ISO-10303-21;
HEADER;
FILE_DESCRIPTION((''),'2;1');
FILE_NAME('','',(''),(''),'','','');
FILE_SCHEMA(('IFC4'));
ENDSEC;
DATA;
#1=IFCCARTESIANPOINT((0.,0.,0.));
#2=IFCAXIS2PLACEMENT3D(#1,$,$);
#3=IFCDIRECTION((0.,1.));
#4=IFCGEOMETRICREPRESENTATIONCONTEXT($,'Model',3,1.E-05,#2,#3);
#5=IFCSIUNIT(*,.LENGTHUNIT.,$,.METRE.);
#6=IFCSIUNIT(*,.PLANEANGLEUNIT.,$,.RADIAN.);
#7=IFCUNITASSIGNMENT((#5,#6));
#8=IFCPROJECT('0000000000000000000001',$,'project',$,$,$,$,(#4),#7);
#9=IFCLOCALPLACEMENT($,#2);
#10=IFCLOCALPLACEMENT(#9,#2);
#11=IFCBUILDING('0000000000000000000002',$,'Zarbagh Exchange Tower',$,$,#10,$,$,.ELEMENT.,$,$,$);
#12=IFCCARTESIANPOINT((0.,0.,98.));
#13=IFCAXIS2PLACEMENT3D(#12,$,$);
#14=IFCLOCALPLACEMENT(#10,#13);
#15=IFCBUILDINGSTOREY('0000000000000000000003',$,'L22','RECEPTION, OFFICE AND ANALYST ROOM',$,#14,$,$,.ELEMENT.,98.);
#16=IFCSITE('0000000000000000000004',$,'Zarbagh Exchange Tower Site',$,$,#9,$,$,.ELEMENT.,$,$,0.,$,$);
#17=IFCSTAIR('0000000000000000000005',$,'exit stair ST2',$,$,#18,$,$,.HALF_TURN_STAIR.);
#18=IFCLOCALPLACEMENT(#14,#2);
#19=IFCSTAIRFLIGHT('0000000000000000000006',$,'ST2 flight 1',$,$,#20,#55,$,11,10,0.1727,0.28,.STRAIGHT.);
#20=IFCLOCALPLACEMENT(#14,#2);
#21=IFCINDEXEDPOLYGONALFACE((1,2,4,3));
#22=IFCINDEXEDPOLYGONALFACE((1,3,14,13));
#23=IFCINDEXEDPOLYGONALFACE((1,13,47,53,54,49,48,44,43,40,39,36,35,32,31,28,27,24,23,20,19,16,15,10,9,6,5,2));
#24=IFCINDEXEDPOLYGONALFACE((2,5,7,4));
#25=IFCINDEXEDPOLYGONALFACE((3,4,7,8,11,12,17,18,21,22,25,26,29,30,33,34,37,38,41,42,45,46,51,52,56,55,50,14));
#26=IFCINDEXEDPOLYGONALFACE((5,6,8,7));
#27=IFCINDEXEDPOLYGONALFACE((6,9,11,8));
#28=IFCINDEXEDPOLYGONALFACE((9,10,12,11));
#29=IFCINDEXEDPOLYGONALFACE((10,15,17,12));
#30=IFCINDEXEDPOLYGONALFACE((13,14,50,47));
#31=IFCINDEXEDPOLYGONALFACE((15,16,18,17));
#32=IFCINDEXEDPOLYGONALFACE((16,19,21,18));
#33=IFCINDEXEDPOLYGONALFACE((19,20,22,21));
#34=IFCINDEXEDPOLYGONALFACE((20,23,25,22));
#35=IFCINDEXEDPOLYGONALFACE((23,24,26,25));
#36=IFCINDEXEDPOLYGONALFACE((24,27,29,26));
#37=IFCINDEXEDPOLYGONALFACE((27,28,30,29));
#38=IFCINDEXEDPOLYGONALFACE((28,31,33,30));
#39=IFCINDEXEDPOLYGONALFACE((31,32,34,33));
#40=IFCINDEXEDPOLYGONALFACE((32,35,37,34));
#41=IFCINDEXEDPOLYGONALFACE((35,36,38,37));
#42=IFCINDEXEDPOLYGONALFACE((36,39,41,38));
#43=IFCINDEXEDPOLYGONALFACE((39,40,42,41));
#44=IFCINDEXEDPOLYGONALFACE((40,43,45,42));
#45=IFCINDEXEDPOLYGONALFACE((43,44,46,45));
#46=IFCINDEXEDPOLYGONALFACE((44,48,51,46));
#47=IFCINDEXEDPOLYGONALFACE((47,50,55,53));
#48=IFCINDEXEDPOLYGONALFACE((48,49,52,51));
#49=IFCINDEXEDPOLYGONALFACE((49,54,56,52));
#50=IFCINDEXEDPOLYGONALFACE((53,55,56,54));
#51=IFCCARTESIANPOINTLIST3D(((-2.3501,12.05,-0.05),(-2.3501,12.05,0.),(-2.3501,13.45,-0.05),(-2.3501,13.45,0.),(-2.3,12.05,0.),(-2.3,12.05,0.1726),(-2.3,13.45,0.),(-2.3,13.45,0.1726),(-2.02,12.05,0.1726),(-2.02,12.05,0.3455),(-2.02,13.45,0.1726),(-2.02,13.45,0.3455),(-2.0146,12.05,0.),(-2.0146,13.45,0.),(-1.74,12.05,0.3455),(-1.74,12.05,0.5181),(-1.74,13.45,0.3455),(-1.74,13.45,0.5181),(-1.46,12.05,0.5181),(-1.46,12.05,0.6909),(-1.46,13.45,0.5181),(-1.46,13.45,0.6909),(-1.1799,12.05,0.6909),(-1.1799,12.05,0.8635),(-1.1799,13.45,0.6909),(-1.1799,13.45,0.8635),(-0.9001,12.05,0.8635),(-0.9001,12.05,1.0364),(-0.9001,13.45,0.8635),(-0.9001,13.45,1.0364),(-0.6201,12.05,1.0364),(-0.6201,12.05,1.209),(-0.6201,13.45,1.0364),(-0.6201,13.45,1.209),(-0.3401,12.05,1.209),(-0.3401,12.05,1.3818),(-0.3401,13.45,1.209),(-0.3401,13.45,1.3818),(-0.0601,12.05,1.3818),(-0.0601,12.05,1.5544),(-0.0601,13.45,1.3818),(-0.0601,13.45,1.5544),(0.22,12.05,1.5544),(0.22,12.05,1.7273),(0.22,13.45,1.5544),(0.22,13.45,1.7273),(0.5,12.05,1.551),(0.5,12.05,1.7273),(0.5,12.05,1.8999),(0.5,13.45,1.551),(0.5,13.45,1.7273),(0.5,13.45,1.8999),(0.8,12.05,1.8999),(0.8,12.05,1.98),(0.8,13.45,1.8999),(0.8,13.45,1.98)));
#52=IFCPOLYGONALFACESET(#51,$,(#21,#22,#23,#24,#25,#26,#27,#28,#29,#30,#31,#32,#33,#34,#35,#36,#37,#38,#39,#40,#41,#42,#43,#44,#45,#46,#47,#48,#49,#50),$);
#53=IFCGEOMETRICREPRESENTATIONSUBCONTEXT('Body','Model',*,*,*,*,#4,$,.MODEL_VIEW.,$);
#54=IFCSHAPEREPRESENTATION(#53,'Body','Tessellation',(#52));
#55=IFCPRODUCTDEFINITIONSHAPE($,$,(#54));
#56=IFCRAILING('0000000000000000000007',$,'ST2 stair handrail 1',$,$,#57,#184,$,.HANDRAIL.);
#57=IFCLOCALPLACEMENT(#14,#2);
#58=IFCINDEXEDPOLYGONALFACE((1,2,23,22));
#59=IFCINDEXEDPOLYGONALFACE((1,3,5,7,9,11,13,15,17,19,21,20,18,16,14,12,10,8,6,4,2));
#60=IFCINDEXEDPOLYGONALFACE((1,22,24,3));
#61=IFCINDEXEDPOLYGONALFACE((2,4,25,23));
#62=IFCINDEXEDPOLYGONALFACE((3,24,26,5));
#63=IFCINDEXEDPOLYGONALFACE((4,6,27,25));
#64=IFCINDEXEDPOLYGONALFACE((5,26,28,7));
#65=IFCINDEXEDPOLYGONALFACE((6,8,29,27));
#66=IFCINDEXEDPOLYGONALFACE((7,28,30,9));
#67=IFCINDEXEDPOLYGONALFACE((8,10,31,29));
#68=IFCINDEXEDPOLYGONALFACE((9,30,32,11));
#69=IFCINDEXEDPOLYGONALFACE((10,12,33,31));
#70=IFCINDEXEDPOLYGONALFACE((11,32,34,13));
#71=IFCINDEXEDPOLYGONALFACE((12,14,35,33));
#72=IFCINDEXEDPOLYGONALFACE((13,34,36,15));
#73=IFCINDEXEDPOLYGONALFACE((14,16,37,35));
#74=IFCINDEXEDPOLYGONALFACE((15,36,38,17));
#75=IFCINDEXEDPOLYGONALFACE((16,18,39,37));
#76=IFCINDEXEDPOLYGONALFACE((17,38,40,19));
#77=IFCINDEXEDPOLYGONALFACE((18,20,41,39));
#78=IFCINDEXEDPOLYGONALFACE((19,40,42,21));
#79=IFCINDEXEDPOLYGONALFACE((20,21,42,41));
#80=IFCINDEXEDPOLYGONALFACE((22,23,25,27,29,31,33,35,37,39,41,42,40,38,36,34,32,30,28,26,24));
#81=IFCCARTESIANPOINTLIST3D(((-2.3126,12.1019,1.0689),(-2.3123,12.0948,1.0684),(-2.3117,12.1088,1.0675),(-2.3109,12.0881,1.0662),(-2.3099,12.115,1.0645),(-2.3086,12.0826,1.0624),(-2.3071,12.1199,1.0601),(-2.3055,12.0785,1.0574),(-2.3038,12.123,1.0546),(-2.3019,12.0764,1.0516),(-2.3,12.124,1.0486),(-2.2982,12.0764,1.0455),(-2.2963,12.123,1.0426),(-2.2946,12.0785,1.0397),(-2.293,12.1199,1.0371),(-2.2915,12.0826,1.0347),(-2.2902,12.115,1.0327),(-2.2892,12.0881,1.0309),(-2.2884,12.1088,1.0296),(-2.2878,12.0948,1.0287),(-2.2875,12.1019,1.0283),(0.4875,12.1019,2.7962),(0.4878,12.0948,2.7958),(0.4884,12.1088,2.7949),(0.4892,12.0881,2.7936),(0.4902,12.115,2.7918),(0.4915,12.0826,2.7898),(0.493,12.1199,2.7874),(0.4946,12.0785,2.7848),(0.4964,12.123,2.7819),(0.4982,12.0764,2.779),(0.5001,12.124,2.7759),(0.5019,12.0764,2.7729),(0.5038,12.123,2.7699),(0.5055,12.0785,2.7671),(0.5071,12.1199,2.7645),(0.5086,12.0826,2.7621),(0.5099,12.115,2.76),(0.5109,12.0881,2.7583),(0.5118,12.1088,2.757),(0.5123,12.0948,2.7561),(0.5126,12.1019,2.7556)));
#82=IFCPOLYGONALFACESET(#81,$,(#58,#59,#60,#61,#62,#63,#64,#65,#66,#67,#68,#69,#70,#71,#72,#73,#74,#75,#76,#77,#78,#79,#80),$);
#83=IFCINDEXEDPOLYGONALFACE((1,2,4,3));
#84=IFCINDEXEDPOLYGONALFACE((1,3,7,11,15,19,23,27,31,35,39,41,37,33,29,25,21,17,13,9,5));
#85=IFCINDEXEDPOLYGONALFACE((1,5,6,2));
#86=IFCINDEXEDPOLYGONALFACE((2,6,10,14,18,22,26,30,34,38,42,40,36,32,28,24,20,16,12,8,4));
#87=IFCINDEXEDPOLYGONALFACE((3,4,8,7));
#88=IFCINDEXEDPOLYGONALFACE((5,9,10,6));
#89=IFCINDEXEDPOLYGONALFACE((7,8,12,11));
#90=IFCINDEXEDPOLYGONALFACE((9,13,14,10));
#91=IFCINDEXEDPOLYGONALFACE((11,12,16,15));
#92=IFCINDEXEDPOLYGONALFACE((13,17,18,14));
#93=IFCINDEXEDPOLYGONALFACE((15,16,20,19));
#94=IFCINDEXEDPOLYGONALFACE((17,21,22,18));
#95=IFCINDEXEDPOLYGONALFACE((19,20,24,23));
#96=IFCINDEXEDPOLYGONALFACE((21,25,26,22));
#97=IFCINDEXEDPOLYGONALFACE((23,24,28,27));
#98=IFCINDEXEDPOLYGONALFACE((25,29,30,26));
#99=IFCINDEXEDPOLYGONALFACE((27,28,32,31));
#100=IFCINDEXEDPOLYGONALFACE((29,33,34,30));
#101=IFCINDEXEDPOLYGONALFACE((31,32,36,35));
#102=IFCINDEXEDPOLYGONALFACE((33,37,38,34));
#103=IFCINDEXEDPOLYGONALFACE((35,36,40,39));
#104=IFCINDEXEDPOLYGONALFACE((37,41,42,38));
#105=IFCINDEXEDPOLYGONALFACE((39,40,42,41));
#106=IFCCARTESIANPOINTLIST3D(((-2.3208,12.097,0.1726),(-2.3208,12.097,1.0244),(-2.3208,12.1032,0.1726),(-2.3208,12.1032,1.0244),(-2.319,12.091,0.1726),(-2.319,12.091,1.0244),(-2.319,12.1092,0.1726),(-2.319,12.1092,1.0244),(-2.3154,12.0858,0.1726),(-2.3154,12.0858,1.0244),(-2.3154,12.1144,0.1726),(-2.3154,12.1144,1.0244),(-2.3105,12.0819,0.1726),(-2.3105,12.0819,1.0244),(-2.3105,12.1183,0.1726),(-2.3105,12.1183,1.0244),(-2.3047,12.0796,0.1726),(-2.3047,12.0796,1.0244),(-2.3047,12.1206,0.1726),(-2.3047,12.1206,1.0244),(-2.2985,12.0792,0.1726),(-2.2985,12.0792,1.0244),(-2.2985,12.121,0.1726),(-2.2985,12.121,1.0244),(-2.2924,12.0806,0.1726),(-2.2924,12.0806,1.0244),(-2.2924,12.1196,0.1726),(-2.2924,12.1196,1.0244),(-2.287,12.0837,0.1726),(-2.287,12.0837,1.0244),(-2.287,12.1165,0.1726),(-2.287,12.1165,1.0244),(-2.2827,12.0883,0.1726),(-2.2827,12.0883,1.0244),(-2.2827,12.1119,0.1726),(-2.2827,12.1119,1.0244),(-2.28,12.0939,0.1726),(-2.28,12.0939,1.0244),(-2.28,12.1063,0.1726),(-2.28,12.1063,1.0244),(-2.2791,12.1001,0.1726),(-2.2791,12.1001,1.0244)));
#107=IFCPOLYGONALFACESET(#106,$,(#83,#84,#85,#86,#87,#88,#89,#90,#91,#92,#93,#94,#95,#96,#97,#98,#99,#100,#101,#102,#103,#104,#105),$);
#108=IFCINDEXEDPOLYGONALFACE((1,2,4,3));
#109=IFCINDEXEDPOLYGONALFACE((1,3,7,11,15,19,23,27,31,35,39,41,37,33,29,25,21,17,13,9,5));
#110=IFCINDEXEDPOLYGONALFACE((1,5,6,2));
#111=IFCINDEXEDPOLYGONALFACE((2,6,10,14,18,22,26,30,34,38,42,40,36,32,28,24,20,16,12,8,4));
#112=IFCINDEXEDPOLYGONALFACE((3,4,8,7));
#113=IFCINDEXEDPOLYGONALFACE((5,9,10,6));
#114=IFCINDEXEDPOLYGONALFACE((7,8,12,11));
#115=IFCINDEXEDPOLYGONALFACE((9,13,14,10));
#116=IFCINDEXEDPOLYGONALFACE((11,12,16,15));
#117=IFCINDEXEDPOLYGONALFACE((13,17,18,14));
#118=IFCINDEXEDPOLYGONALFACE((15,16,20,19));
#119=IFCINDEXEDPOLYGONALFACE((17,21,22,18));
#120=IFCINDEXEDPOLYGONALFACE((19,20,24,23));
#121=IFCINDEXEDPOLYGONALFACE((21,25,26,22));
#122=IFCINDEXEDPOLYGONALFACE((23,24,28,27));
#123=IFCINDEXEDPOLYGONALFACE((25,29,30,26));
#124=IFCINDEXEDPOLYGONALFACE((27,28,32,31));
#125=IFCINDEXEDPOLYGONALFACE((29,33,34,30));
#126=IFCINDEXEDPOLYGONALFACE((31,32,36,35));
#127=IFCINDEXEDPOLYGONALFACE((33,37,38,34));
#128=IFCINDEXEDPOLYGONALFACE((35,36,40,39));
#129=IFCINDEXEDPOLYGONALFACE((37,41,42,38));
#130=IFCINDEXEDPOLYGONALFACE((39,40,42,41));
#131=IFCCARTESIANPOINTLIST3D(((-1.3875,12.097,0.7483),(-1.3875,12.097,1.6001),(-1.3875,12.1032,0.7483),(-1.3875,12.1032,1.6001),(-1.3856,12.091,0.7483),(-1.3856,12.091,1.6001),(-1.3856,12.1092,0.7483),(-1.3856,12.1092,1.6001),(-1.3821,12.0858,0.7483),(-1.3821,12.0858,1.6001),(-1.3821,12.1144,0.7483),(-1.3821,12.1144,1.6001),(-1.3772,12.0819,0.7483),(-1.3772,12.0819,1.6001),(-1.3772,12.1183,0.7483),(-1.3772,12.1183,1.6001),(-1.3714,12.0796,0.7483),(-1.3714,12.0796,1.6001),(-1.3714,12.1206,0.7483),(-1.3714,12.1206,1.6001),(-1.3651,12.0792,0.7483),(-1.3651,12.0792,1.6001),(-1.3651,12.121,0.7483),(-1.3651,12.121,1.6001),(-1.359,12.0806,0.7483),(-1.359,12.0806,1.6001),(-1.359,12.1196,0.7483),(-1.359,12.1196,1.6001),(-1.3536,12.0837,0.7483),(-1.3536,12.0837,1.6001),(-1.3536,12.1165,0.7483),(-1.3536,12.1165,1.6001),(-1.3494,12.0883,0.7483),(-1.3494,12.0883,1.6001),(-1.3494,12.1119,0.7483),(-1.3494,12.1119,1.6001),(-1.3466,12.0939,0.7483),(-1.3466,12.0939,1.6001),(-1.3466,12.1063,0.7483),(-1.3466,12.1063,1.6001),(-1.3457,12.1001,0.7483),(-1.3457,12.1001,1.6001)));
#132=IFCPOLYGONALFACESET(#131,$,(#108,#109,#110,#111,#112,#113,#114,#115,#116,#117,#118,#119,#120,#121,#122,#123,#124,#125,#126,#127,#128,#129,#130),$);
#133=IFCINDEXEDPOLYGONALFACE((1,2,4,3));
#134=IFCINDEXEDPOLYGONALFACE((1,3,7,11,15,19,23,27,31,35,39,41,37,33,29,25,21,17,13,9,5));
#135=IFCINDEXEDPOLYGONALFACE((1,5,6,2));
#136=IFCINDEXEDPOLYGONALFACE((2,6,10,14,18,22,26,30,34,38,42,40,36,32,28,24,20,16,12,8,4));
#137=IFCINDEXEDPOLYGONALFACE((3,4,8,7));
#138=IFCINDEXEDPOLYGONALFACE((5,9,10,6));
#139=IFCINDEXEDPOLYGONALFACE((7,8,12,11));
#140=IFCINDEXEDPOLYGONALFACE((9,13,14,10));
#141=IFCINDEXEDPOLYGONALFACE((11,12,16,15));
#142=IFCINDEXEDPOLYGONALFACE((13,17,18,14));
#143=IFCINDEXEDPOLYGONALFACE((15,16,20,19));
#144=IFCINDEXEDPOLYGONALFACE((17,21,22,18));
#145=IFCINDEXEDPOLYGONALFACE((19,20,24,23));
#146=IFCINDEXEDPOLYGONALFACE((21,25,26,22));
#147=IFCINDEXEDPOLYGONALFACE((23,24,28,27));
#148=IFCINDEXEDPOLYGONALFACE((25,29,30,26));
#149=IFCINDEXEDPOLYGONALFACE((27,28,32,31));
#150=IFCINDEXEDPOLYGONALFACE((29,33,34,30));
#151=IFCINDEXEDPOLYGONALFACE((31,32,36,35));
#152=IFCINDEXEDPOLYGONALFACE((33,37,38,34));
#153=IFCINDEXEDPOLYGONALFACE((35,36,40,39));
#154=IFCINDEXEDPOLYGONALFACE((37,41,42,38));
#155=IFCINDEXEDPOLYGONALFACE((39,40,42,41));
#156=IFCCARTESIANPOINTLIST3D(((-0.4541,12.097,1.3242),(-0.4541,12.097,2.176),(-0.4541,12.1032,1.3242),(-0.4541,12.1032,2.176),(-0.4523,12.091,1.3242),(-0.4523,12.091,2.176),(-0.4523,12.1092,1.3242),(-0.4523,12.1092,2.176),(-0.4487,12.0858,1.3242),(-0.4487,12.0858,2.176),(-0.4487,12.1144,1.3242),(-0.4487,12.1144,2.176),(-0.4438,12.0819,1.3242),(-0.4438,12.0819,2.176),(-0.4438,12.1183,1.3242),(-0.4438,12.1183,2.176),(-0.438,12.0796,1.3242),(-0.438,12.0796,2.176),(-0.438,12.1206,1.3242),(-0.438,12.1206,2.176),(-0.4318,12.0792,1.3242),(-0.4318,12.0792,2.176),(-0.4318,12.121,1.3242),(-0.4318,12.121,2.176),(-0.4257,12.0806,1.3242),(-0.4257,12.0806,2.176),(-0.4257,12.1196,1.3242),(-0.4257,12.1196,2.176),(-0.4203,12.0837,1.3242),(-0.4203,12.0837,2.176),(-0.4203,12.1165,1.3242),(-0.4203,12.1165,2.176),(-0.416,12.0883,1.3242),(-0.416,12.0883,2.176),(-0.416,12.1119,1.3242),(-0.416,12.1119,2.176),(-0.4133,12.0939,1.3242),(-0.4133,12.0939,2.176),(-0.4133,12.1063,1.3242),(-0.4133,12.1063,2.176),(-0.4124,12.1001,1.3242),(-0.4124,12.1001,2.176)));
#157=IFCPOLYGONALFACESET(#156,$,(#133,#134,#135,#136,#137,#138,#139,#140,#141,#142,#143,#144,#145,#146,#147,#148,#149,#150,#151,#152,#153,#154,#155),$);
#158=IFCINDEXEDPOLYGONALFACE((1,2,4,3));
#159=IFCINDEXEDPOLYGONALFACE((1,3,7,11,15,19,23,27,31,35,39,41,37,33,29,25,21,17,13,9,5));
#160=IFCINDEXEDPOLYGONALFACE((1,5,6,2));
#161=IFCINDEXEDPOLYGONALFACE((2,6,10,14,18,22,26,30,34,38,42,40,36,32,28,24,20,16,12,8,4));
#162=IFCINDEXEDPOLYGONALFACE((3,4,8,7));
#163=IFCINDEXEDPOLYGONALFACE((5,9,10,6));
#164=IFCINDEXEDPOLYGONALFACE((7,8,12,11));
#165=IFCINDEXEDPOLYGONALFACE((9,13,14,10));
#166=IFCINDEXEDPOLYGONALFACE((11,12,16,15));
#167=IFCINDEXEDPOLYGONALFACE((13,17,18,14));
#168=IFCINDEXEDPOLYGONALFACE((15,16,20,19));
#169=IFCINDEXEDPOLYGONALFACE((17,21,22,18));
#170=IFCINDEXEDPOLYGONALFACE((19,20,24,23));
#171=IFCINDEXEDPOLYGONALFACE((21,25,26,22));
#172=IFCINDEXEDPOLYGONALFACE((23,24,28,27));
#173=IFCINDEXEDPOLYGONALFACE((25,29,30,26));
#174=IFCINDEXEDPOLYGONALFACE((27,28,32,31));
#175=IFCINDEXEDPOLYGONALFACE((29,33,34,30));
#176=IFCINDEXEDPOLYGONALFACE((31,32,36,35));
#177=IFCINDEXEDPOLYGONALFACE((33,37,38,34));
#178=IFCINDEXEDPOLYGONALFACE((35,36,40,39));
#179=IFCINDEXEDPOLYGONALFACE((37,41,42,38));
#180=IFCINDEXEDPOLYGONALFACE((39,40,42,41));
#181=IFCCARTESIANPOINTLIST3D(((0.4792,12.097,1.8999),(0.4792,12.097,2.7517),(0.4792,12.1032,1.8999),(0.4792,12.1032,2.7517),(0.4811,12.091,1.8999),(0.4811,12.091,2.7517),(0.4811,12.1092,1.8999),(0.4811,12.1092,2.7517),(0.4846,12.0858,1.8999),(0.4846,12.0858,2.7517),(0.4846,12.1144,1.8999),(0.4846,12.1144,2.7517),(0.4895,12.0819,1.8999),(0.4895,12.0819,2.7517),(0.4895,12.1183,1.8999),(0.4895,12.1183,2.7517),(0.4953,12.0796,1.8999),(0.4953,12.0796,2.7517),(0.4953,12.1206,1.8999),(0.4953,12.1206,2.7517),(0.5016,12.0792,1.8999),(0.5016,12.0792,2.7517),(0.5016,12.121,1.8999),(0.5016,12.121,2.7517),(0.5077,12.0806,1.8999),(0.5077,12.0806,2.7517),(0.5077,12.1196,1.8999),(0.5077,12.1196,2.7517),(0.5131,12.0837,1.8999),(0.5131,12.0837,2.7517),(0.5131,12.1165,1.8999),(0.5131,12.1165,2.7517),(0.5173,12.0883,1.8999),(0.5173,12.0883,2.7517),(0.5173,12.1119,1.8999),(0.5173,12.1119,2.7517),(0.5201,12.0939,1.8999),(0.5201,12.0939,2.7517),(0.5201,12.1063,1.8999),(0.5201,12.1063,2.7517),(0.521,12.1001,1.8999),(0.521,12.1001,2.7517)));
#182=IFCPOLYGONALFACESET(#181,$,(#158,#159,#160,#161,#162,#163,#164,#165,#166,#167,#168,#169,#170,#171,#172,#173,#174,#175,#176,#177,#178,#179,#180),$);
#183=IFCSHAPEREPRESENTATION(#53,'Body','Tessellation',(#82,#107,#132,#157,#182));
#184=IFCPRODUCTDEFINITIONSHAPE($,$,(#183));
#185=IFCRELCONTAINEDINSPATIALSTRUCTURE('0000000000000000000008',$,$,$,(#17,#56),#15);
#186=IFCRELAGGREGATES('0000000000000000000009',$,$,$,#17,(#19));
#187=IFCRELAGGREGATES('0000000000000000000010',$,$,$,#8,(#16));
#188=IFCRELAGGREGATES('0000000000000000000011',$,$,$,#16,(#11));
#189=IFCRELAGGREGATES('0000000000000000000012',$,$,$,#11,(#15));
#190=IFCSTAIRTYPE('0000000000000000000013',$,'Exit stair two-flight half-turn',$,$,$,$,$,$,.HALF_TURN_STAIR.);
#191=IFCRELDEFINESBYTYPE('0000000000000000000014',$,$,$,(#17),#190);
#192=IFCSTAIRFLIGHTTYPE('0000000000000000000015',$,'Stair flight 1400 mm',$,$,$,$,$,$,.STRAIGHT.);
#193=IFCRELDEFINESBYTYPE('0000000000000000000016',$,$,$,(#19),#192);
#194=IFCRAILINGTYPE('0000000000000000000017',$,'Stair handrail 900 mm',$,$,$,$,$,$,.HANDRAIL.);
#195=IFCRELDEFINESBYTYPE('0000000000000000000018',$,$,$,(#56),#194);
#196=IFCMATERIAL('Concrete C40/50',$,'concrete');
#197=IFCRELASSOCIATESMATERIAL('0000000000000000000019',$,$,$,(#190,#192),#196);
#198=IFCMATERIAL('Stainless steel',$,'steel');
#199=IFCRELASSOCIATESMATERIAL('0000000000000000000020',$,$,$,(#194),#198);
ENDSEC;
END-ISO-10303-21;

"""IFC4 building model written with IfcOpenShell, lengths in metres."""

from ifc_helpers import new_model, si_unit, direction, frame, origin, origin_2d, place, context, subcontext, project, spatial, polyline, circle, outline, extrude, material, type_object, element, aggregate, save


model = new_model("IFC4")

# Units and contexts
model_context = context("Model", 3, precision=1e-05, world=origin(), true_north=direction((0.0, 1.0)))
body_context = subcontext(model_context, "Body", "Model", "MODEL_VIEW")
ifc_project = project(units=[si_unit("LENGTHUNIT", "METRE"), si_unit("PLANEANGLEUNIT", "RADIAN")], contexts=[model_context])

# Site, building, storey
site_placement = place(None, origin())
site = spatial("IfcSite", under=ifc_project, at=site_placement, Name="Zarbagh Exchange Tower Site", CompositionType="ELEMENT", RefElevation=0.0)
building_placement = place(site_placement, origin())
building = spatial("IfcBuilding", under=site, at=building_placement, Name="Zarbagh Exchange Tower", CompositionType="ELEMENT")
storey_placement = place(building_placement, frame((0.0, 0.0, 98.0)))
storey = spatial("IfcBuildingStorey", under=building, at=storey_placement, Name="L22", Description="RECEPTION, OFFICE AND ANALYST ROOM", CompositionType="ELEMENT", Elevation=98.0)

# Shared definitions
ifc_material_1 = material(Name="Concrete C40/50", Category="concrete")

# Stair, stair flight
stair_type = type_object("IfcStairType", Name="Exit stair two-flight half-turn", PredefinedType="HALF_TURN_STAIR", material=ifc_material_1)
stair_placement = place(storey_placement, origin())
stair = element("IfcStair", 1, at=stair_placement, inside=storey, type_object=stair_type, Name="exit stair ST2", PredefinedType="HALF_TURN_STAIR")
stair_flight_type = type_object("IfcStairFlightType", Name="Stair flight 1400 mm", PredefinedType="STRAIGHT", material=ifc_material_1)
stair_flight_placement = place(storey_placement, frame((-2.3, 12.75, 0.0), z_axis=(0.0, 0.0, 1.0), x_axis=(1.0, 0.0, 0.0)))
stair_flight = element("IfcStairFlight", 2, at=stair_flight_placement, type_object=stair_flight_type, Name="ST2 flight 1", NumberOfRisers=11, NumberOfTreads=10, PredefinedType="STRAIGHT", RiserHeight=0.1727, TreadLength=0.28, context=body_context, shape_type="SweptSolid", body=[
    extrude(outline(polyline([(-0.05, -0.05), (-0.05, 0.0), (0.0, 0.0), (0.0, 0.1726), (0.28, 0.1726), (0.28, 0.3455), (0.5601, 0.3455), (0.5601, 0.5181), (0.8401, 0.5181), (0.8401, 0.6909), (1.1201, 0.6909), (1.1201, 0.8635), (1.3999, 0.8635), (1.3999, 1.0364), (1.6799, 1.0364), (1.6799, 1.209), (1.96, 1.209), (1.96, 1.3818), (2.24, 1.3818), (2.24, 1.5544), (2.52, 1.5544), (2.52, 1.7273), (2.8, 1.7273), (2.8, 1.8999), (3.1001, 1.98), (3.1001, 1.8999), (2.8, 1.551), (0.2854, 0.0), (-0.05, -0.05)])), frame((0.0, 0.7, 0.0), z_axis=(0.0, -1.0, 0.0), x_axis=(1.0, 0.0, 0.0)), (0.0, 0.0, 1.0), 1.3999),
])
aggregate(stair, [stair_flight])

# Railing
ifc_material_2 = material(Name="Stainless steel", Category="steel")
railing_type_1 = type_object("IfcRailingType", Name="Stair handrail 900 mm", PredefinedType="HANDRAIL", material=ifc_material_2)
railing_1_placement = place(storey_placement, frame((-2.3, 12.1001, 0.1726)))
element("IfcRailing", 3, at=railing_1_placement, inside=storey, type_object=railing_type_1, Name="ST2 stair handrail 1", PredefinedType="HANDRAIL", context=body_context, shape_type="SweptSolid", body=[
    extrude(circle(Radius=0.0239, at=origin_2d()), frame((0.0, 0.0, 0.876), z_axis=(0.85109, 0.0, 0.52502), x_axis=(0.0, 1.0, 0.0)), (0.0, 0.0, 1.0), 3.29),
    extrude(circle(Radius=0.021, at=origin_2d()), origin(), (0.0, 0.0, 1.0), 0.8518),
    extrude(circle(Radius=0.021, at=origin_2d()), frame((0.9333, 0.0, 0.5757)), (0.0, 0.0, 1.0), 0.8518),
    extrude(circle(Radius=0.021, at=origin_2d()), frame((1.8667, 0.0, 1.1516)), (0.0, 0.0, 1.0), 0.8518),
    extrude(circle(Radius=0.021, at=origin_2d()), frame((2.8, 0.0, 1.7273)), (0.0, 0.0, 1.0), 0.8518),
])

save(model, "model.ifc")
